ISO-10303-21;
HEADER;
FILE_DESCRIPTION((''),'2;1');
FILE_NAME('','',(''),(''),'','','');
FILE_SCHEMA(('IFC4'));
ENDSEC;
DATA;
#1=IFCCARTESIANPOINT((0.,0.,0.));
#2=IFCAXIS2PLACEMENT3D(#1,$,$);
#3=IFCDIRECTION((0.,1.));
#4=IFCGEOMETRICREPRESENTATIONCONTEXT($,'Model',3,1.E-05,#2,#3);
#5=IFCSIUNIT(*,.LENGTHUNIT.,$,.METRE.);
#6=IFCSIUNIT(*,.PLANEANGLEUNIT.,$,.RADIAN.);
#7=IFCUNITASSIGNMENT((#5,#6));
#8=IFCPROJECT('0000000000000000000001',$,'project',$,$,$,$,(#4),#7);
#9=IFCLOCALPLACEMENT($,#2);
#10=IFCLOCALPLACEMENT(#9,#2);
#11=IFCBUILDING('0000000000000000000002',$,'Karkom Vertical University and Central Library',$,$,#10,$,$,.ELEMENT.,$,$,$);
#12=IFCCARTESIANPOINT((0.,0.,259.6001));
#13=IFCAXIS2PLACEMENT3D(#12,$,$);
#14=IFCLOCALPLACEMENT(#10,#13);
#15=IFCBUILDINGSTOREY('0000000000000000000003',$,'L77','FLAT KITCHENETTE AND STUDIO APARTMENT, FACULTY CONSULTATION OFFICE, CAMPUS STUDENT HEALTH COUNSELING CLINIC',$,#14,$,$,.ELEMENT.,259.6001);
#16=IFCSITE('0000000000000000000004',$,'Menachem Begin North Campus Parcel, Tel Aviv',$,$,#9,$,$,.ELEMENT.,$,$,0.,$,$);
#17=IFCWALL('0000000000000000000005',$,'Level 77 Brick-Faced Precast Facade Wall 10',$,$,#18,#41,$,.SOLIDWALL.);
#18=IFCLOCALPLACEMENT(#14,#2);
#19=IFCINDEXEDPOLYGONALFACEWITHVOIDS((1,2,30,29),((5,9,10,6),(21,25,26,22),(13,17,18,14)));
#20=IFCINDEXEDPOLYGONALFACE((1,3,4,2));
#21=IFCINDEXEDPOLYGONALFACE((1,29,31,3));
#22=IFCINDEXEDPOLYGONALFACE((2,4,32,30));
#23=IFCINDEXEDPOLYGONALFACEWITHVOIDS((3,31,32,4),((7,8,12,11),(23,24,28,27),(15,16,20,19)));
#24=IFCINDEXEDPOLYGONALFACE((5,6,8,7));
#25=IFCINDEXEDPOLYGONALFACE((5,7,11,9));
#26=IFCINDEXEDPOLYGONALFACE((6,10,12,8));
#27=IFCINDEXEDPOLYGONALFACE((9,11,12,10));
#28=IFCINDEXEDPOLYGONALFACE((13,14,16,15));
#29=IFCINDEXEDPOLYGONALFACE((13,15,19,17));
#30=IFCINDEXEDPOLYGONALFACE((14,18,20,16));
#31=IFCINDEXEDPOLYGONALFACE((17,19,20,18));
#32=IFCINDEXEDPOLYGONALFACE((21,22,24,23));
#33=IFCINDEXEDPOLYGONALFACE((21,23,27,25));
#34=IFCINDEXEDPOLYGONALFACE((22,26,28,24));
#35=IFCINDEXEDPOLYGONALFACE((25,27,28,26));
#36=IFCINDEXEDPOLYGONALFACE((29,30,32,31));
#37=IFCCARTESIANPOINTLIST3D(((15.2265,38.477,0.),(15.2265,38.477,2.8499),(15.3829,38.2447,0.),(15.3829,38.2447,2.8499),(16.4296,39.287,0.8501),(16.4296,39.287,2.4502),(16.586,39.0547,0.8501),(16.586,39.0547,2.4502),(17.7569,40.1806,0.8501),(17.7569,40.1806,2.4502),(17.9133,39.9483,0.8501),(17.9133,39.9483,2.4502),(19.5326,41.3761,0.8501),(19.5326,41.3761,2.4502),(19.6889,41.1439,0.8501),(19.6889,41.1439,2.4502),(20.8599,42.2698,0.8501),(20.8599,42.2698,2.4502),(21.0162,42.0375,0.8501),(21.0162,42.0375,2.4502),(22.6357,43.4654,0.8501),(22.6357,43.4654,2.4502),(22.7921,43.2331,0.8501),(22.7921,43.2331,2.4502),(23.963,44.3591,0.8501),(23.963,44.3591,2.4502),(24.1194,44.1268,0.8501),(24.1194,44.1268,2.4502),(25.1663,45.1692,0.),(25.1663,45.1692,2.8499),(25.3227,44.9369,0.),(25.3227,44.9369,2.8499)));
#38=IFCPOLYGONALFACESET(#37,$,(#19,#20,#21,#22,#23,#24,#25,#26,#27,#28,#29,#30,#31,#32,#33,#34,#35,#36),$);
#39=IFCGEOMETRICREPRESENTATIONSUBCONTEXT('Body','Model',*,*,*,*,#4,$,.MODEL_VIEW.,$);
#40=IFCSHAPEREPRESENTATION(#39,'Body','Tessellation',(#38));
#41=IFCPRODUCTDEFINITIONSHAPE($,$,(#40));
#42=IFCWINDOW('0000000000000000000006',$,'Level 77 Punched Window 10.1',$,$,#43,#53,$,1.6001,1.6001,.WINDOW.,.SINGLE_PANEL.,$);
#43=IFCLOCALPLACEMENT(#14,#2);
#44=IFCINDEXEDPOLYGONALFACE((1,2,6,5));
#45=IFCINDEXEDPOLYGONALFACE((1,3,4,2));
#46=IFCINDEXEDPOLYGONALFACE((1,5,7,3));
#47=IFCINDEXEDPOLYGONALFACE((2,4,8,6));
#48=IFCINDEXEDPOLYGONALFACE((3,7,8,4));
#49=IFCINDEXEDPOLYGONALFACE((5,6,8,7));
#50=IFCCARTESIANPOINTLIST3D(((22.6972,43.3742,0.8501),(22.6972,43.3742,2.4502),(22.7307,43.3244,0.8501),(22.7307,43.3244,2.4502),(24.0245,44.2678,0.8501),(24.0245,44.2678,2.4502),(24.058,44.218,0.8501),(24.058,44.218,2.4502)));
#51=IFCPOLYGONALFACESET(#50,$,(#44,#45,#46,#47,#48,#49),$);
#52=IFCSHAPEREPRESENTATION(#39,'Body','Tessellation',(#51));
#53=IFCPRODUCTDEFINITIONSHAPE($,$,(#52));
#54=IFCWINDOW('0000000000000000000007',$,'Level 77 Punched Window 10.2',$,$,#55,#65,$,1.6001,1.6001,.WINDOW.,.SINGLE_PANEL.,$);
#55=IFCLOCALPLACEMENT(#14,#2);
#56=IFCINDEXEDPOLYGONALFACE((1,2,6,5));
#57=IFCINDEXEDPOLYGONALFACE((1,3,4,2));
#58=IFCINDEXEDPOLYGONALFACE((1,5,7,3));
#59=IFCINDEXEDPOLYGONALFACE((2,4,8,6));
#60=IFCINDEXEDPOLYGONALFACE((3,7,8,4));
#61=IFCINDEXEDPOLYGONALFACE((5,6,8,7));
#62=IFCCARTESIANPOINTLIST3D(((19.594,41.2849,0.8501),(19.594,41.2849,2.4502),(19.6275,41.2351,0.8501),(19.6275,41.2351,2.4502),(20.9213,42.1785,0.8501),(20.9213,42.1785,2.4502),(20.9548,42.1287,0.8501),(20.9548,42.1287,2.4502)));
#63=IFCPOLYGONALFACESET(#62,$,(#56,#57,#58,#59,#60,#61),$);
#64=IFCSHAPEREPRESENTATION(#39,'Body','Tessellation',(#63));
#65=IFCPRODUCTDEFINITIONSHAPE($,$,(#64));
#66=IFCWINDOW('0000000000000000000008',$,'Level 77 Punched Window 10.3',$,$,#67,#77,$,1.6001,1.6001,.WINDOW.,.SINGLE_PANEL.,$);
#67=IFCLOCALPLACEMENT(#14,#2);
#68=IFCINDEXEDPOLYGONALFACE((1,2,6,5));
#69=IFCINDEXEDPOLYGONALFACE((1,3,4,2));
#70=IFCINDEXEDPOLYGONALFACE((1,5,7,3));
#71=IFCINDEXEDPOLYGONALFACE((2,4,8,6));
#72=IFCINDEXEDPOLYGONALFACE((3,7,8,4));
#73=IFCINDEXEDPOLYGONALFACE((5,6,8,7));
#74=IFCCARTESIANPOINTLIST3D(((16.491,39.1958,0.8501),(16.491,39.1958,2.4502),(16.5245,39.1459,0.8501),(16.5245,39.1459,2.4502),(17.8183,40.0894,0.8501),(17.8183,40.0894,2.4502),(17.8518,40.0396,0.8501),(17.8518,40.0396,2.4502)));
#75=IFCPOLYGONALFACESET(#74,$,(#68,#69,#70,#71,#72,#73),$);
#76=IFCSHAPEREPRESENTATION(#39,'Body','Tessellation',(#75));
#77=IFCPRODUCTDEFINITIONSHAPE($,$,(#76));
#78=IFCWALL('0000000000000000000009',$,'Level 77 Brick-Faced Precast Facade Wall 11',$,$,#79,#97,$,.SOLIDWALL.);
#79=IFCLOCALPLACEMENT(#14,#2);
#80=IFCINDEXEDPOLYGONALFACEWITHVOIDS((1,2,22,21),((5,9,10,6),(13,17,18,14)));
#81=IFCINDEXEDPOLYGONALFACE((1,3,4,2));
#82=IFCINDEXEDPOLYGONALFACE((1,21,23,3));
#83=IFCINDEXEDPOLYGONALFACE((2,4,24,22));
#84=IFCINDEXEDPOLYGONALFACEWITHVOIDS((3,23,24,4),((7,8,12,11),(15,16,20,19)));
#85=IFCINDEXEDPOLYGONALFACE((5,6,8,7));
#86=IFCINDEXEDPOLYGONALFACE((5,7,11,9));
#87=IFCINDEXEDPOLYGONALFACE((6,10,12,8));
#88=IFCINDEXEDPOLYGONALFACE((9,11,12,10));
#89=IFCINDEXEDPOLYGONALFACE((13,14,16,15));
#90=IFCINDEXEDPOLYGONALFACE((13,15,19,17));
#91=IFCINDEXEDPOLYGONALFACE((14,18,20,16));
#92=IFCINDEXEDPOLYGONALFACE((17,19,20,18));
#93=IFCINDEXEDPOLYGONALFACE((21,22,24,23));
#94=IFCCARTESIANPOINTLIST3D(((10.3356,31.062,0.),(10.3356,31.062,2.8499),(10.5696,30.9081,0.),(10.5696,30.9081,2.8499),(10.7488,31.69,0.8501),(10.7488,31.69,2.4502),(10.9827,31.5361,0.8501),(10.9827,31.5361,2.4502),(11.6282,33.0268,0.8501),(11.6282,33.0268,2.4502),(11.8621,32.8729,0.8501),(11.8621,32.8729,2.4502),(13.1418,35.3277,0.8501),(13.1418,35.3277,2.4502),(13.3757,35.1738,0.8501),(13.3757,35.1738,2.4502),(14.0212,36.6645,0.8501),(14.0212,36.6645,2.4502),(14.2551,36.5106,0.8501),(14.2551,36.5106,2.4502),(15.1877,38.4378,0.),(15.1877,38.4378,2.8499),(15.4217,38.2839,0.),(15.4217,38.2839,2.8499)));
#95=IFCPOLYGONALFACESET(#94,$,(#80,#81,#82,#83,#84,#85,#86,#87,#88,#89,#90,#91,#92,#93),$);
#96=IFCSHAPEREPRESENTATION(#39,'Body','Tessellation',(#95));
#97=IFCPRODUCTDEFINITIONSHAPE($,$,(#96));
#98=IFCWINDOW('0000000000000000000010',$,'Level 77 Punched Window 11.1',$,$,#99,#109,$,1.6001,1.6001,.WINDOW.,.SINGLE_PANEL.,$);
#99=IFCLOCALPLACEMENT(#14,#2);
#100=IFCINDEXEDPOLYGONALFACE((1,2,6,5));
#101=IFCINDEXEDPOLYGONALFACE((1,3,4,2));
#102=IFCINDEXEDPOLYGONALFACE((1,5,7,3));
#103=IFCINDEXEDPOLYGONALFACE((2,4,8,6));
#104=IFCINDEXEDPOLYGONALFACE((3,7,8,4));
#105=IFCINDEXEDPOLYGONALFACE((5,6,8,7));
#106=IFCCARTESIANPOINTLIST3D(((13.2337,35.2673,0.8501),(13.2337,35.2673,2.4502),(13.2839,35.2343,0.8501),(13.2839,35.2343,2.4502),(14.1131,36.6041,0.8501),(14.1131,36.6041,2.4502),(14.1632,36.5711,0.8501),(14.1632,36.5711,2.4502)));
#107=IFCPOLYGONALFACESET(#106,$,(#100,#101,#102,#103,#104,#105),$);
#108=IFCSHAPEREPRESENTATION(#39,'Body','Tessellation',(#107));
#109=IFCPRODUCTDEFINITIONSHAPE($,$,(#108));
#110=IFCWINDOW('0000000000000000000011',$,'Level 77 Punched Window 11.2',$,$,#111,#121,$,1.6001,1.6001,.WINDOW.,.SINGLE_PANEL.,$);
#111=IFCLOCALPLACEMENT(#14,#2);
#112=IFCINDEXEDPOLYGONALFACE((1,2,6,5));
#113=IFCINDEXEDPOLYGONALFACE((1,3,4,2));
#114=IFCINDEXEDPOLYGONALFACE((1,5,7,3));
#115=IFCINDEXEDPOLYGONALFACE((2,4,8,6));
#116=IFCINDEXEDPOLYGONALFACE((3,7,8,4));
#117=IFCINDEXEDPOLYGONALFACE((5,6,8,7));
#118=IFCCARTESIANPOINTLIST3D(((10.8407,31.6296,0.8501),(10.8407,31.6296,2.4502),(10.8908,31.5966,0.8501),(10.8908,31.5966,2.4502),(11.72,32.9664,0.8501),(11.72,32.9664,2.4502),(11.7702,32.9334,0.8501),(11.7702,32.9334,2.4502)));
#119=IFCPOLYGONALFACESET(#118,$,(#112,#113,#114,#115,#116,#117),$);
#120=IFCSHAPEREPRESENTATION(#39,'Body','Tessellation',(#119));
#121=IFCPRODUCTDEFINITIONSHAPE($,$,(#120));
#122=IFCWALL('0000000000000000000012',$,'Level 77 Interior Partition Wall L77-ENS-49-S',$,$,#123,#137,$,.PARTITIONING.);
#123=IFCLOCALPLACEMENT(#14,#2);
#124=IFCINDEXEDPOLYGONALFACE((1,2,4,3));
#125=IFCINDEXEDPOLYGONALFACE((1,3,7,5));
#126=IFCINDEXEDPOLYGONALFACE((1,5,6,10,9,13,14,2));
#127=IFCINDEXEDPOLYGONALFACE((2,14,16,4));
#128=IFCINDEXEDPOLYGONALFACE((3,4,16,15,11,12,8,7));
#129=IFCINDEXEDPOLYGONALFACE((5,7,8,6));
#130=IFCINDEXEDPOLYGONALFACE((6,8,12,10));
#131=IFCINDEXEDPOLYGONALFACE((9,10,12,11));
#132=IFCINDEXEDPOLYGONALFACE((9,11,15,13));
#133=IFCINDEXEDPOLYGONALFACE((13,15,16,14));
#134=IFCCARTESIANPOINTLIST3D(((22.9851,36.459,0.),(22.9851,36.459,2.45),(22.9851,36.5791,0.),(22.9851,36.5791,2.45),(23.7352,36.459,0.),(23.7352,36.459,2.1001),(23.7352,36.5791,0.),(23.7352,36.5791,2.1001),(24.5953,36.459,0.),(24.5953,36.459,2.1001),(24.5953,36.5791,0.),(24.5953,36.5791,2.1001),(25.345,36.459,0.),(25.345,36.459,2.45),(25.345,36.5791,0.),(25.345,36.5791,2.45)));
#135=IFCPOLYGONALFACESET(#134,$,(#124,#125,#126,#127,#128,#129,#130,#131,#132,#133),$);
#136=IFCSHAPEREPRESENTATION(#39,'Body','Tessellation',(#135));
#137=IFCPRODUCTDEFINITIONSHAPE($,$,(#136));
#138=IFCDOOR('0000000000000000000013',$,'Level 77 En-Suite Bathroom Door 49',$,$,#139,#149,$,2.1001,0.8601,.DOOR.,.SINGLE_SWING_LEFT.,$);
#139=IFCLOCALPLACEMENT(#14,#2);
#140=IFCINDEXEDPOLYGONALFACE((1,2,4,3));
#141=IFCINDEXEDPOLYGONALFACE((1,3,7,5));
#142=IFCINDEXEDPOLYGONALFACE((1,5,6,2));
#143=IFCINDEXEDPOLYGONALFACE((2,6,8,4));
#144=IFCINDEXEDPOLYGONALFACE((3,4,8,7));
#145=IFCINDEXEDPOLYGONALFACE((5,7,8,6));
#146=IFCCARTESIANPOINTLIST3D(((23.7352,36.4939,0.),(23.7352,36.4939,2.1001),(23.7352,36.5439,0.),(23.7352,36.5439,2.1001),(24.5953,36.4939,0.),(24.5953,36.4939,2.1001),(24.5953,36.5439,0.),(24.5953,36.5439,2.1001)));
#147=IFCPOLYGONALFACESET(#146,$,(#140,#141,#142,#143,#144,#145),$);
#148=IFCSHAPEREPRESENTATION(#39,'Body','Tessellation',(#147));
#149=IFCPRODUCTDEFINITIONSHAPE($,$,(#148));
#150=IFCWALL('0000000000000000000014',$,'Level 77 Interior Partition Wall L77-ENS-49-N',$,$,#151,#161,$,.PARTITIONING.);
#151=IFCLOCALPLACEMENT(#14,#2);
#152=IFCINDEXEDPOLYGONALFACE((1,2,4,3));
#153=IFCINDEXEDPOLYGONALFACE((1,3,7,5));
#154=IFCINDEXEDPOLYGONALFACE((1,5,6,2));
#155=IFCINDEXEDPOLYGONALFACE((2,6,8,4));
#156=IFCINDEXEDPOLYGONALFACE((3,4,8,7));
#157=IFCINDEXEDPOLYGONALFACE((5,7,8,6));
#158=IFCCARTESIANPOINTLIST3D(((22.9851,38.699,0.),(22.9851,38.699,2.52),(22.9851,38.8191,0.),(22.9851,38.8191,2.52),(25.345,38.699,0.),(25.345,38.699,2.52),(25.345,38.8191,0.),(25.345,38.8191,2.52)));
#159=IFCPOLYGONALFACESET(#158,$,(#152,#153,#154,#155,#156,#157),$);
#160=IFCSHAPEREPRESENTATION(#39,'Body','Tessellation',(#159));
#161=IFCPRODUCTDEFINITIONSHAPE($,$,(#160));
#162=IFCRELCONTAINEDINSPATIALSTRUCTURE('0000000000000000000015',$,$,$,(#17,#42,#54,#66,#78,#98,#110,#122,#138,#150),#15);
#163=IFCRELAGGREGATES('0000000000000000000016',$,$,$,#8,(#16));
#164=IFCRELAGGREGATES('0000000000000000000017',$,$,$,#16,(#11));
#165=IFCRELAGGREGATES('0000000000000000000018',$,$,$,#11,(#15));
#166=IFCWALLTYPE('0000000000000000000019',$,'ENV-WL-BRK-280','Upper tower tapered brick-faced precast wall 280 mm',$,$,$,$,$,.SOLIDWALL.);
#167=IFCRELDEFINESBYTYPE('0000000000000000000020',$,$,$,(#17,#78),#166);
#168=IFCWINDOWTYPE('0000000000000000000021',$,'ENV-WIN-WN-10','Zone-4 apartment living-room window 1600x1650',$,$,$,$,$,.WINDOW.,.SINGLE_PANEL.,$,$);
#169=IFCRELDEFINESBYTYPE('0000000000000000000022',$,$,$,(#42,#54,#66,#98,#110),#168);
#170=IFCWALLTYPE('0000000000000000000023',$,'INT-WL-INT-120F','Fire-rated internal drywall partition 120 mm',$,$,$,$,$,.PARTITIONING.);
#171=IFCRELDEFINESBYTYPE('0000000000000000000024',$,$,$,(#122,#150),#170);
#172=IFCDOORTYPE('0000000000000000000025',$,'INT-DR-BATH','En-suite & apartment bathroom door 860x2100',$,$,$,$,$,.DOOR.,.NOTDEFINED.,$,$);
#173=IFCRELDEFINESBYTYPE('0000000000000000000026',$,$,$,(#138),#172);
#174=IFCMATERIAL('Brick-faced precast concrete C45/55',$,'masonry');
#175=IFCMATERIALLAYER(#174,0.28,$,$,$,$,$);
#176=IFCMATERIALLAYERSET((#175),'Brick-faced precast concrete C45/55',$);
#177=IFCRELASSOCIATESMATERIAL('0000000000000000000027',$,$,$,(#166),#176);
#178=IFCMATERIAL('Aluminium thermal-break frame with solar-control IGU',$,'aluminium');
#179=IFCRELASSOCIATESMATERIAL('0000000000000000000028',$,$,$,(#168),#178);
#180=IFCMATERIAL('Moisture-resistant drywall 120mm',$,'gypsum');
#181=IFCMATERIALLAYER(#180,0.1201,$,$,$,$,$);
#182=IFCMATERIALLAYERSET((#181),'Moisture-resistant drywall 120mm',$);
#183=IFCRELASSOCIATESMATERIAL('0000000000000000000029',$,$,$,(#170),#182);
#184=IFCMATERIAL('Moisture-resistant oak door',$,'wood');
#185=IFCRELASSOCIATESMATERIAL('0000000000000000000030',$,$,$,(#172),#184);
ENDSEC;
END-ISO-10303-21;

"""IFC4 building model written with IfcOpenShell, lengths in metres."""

from ifc_helpers import new_model, si_unit, direction, frame, frame_2d, origin, origin_with_axes, place, context, subcontext, project, spatial, rectangle, extrude, source, transform, mapped, material, layer, layer_set, type_object, element, fill, save


model = new_model("IFC4")

# Units and contexts
model_context = context("Model", 3, precision=1e-05, world=origin(), true_north=direction((0.0, 1.0)))
body_context = subcontext(model_context, "Body", "Model", "MODEL_VIEW")
ifc_project = project(units=[si_unit("LENGTHUNIT", "METRE"), si_unit("PLANEANGLEUNIT", "RADIAN")], contexts=[model_context])

# Site, building, storey
site_placement = place(None, origin())
site = spatial("IfcSite", under=ifc_project, at=site_placement, Name="Menachem Begin North Campus Parcel, Tel Aviv", CompositionType="ELEMENT", RefElevation=0.0)
building_placement = place(site_placement, origin())
building = spatial("IfcBuilding", under=site, at=building_placement, Name="Karkom Vertical University and Central Library", CompositionType="ELEMENT")
storey_placement = place(building_placement, frame((0.0, 0.0, 259.6001)))
storey = spatial("IfcBuildingStorey", under=building, at=storey_placement, Name="L77", Description="FLAT KITCHENETTE AND STUDIO APARTMENT, FACULTY CONSULTATION OFFICE, CAMPUS STUDENT HEALTH COUNSELING CLINIC", CompositionType="ELEMENT", Elevation=259.6001)

# Walls, openings, windows
ifc_material_1 = material(Name="Brick-faced precast concrete C45/55", Category="masonry")
ifc_layer_1 = layer(ifc_material_1, 0.28)
ifc_layer_set_1 = layer_set([ifc_layer_1], Name="Brick-faced precast concrete C45/55")
wall_type_1 = type_object("IfcWallType", Name="ENV-WL-BRK-280", Description="Upper tower tapered brick-faced precast wall 280 mm", PredefinedType="SOLIDWALL", material=ifc_layer_set_1)
wall_1_placement = place(storey_placement, frame((25.2444, 45.053, 0.0), z_axis=(0.0, 0.0, 1.0), x_axis=(-0.829512, -0.558489, 0.0)))
wall_1 = element("IfcWall", 1, at=wall_1_placement, inside=storey, type_object=wall_type_1, Name="Level 77 Brick-Faced Precast Facade Wall 10", PredefinedType="SOLIDWALL", context=body_context, shape_type="SweptSolid", body=[
    extrude(rectangle(XDim=11.9827, YDim=0.28, at=frame_2d((5.9912, 0.0))), origin(), (0.0, 0.0, 1.0), 2.8499),
])
opening_1_placement = place(wall_1_placement, frame((1.4504, 0.0, 0.8501)))
opening_1 = element("IfcOpeningElement", 2, at=opening_1_placement, cuts=wall_1, PredefinedType="OPENING", context=body_context, shape_type="SweptSolid", body=[
    extrude(rectangle(XDim=1.6001, YDim=1.6001, at=frame_2d((0.8, 0.8))), frame((0.0, 0.1499, 0.0), z_axis=(0.0, -1.0, 0.0), x_axis=(1.0, 0.0, 0.0)), (0.0, 0.0, 1.0), 0.3),
])
opening_2_placement = place(wall_1_placement, frame((5.1914, 0.0, 0.8501)))
opening_2 = element("IfcOpeningElement", 3, at=opening_2_placement, cuts=wall_1, PredefinedType="OPENING", context=body_context, shape_type="SweptSolid", body=[
    extrude(rectangle(XDim=1.6001, YDim=1.6001, at=frame_2d((0.8, 0.8))), frame((0.0, 0.1499, 0.0), z_axis=(0.0, -1.0, 0.0), x_axis=(1.0, 0.0, 0.0)), (0.0, 0.0, 1.0), 0.3),
])
opening_3_placement = place(wall_1_placement, frame((8.9321, 0.0, 0.8501)))
opening_3 = element("IfcOpeningElement", 4, at=opening_3_placement, cuts=wall_1, PredefinedType="OPENING", context=body_context, shape_type="SweptSolid", body=[
    extrude(rectangle(XDim=1.6001, YDim=1.6001, at=frame_2d((0.8, 0.8))), frame((0.0, 0.1499, 0.0), z_axis=(0.0, -1.0, 0.0), x_axis=(1.0, 0.0, 0.0)), (0.0, 0.0, 1.0), 0.3),
])
ifc_material_2 = material(Name="Aluminium thermal-break frame with solar-control IGU", Category="aluminium")
window_type = type_object("IfcWindowType", Name="ENV-WIN-WN-10", Description="Zone-4 apartment living-room window 1600x1650", PartitioningType="SINGLE_PANEL", PredefinedType="WINDOW", material=ifc_material_2)
shared_shape_1 = source(origin_with_axes(), body_context, "Body", "SweptSolid", [
    extrude(rectangle(XDim=1.6001, YDim=1.6001, at=frame_2d((0.8, 0.8))), frame((0.0, 0.03, 0.0), z_axis=(0.0, -1.0, 0.0), x_axis=(1.0, 0.0, 0.0)), (0.0, 0.0, 1.0), 0.0601),
])
window_1_placement = place(opening_1_placement, origin())
window_1 = element("IfcWindow", 5, at=window_1_placement, inside=storey, type_object=window_type, Name="Level 77 Punched Window 10.1", OverallHeight=1.6001, OverallWidth=1.6001, PartitioningType="SINGLE_PANEL", PredefinedType="WINDOW", context=body_context, shape_type="MappedRepresentation", body=[
    mapped(shared_shape_1, transform((0.0, 0.0, 0.0), scale=1.0)),
])
fill(opening_1, window_1)
window_2_placement = place(opening_2_placement, origin())
window_2 = element("IfcWindow", 6, at=window_2_placement, inside=storey, type_object=window_type, Name="Level 77 Punched Window 10.2", OverallHeight=1.6001, OverallWidth=1.6001, PartitioningType="SINGLE_PANEL", PredefinedType="WINDOW", context=body_context, shape_type="MappedRepresentation", body=[
    mapped(shared_shape_1, transform((0.0, 0.0, 0.0), scale=1.0)),
])
fill(opening_2, window_2)
window_3_placement = place(opening_3_placement, origin())
window_3 = element("IfcWindow", 7, at=window_3_placement, inside=storey, type_object=window_type, Name="Level 77 Punched Window 10.3", OverallHeight=1.6001, OverallWidth=1.6001, PartitioningType="SINGLE_PANEL", PredefinedType="WINDOW", context=body_context, shape_type="MappedRepresentation", body=[
    mapped(shared_shape_1, transform((0.0, 0.0, 0.0), scale=1.0)),
])
fill(opening_3, window_3)
wall_2_placement = place(storey_placement, frame((15.3047, 38.3608, 0.0), z_axis=(0.0, 0.0, 1.0), x_axis=(-0.549585, -0.835438, 0.0)))
wall_2 = element("IfcWall", 8, at=wall_2_placement, inside=storey, type_object=wall_type_1, Name="Level 77 Brick-Faced Precast Facade Wall 11", PredefinedType="SOLIDWALL", context=body_context, shape_type="SweptSolid", body=[
    extrude(rectangle(XDim=8.8286, YDim=0.28, at=frame_2d((4.4143, 0.0))), origin(), (0.0, 0.0, 1.0), 2.8499),
])
opening_4_placement = place(wall_2_placement, frame((2.1226, 0.0, 0.8501)))
opening_4 = element("IfcOpeningElement", 9, at=opening_4_placement, cuts=wall_2, PredefinedType="OPENING", context=body_context, shape_type="SweptSolid", body=[
    extrude(rectangle(XDim=1.6001, YDim=1.6001, at=frame_2d((0.8, 0.8))), frame((0.0, 0.1499, 0.0), z_axis=(0.0, -1.0, 0.0), x_axis=(1.0, 0.0, 0.0)), (0.0, 0.0, 1.0), 0.3),
])
opening_5_placement = place(wall_2_placement, frame((6.4768, 0.0, 0.8501)))
opening_5 = element("IfcOpeningElement", 10, at=opening_5_placement, cuts=wall_2, PredefinedType="OPENING", context=body_context, shape_type="SweptSolid", body=[
    extrude(rectangle(XDim=1.6001, YDim=1.6001, at=frame_2d((0.8, 0.8))), frame((0.0, 0.1499, 0.0), z_axis=(0.0, -1.0, 0.0), x_axis=(1.0, 0.0, 0.0)), (0.0, 0.0, 1.0), 0.3),
])
window_4_placement = place(opening_4_placement, origin())
window_4 = element("IfcWindow", 11, at=window_4_placement, inside=storey, type_object=window_type, Name="Level 77 Punched Window 11.1", OverallHeight=1.6001, OverallWidth=1.6001, PartitioningType="SINGLE_PANEL", PredefinedType="WINDOW", context=body_context, shape_type="MappedRepresentation", body=[
    mapped(shared_shape_1, transform((0.0, 0.0, 0.0), scale=1.0)),
])
fill(opening_4, window_4)
window_5_placement = place(opening_5_placement, origin())
window_5 = element("IfcWindow", 12, at=window_5_placement, inside=storey, type_object=window_type, Name="Level 77 Punched Window 11.2", OverallHeight=1.6001, OverallWidth=1.6001, PartitioningType="SINGLE_PANEL", PredefinedType="WINDOW", context=body_context, shape_type="MappedRepresentation", body=[
    mapped(shared_shape_1, transform((0.0, 0.0, 0.0), scale=1.0)),
])
fill(opening_5, window_5)

# Wall, opening, door
ifc_material_3 = material(Name="Moisture-resistant drywall 120mm", Category="gypsum")
ifc_layer_2 = layer(ifc_material_3, 0.1201)
ifc_layer_set_2 = layer_set([ifc_layer_2], Name="Moisture-resistant drywall 120mm")
wall_type_2 = type_object("IfcWallType", Name="INT-WL-INT-120F", Description="Fire-rated internal drywall partition 120 mm", PredefinedType="PARTITIONING", material=ifc_layer_set_2)
wall_3_placement = place(storey_placement, frame((22.9851, 36.519, 0.0), z_axis=(0.0, 0.0, 1.0), x_axis=(1.0, 0.0, 0.0)))
wall_3 = element("IfcWall", 13, at=wall_3_placement, inside=storey, type_object=wall_type_2, Name="Level 77 Interior Partition Wall L77-ENS-49-S", PredefinedType="PARTITIONING", context=body_context, shape_type="SweptSolid", body=[
    extrude(rectangle(XDim=2.3599, YDim=0.1201, at=frame_2d((1.1799, 0.0))), origin(), (0.0, 0.0, 1.0), 2.45),
])
opening_6_placement = place(wall_3_placement, frame((0.75, 0.0, 0.0)))
opening_6 = element("IfcOpeningElement", 14, at=opening_6_placement, cuts=wall_3, PredefinedType="OPENING", context=body_context, shape_type="SweptSolid", body=[
    extrude(rectangle(XDim=0.8601, YDim=2.1001, at=frame_2d((0.4302, 1.05))), frame((0.0, 0.0701, 0.0), z_axis=(0.0, -1.0, 0.0), x_axis=(1.0, 0.0, 0.0)), (0.0, 0.0, 1.0), 0.1401),
])
ifc_material_4 = material(Name="Moisture-resistant oak door", Category="wood")
door_type_1 = type_object("IfcDoorType", Name="INT-DR-BATH", Description="En-suite & apartment bathroom door 860x2100", OperationType="NOTDEFINED", PredefinedType="DOOR", material=ifc_material_4)
shared_shape_2 = source(origin_with_axes(), body_context, "Body", "SweptSolid", [
    extrude(rectangle(XDim=0.8601, YDim=2.1001, at=frame_2d((0.4302, 1.05))), frame((0.0, 0.0249, 0.0), z_axis=(0.0, -1.0, 0.0), x_axis=(1.0, 0.0, 0.0)), (0.0, 0.0, 1.0), 0.05),
])
door_1_placement = place(opening_6_placement, origin())
door_1 = element("IfcDoor", 15, at=door_1_placement, inside=storey, type_object=door_type_1, Name="Level 77 En-Suite Bathroom Door 49", OperationType="SINGLE_SWING_LEFT", OverallHeight=2.1001, OverallWidth=0.8601, PredefinedType="DOOR", context=body_context, shape_type="MappedRepresentation", body=[
    mapped(shared_shape_2, transform((0.0, 0.0, 0.0), scale=1.0)),
])
fill(opening_6, door_1)

# Wall
wall_4_placement = place(storey_placement, frame((25.345, 38.759, 0.0), z_axis=(0.0, 0.0, 1.0), x_axis=(-1.0, 0.0, 0.0)))
element("IfcWall", 16, at=wall_4_placement, inside=storey, type_object=wall_type_2, Name="Level 77 Interior Partition Wall L77-ENS-49-N", PredefinedType="PARTITIONING", context=body_context, shape_type="SweptSolid", body=[
    extrude(rectangle(XDim=2.3599, YDim=0.1201, at=frame_2d((1.1799, 0.0))), origin(), (0.0, 0.0, 1.0), 2.52),
])

save(model, "model.ifc")
